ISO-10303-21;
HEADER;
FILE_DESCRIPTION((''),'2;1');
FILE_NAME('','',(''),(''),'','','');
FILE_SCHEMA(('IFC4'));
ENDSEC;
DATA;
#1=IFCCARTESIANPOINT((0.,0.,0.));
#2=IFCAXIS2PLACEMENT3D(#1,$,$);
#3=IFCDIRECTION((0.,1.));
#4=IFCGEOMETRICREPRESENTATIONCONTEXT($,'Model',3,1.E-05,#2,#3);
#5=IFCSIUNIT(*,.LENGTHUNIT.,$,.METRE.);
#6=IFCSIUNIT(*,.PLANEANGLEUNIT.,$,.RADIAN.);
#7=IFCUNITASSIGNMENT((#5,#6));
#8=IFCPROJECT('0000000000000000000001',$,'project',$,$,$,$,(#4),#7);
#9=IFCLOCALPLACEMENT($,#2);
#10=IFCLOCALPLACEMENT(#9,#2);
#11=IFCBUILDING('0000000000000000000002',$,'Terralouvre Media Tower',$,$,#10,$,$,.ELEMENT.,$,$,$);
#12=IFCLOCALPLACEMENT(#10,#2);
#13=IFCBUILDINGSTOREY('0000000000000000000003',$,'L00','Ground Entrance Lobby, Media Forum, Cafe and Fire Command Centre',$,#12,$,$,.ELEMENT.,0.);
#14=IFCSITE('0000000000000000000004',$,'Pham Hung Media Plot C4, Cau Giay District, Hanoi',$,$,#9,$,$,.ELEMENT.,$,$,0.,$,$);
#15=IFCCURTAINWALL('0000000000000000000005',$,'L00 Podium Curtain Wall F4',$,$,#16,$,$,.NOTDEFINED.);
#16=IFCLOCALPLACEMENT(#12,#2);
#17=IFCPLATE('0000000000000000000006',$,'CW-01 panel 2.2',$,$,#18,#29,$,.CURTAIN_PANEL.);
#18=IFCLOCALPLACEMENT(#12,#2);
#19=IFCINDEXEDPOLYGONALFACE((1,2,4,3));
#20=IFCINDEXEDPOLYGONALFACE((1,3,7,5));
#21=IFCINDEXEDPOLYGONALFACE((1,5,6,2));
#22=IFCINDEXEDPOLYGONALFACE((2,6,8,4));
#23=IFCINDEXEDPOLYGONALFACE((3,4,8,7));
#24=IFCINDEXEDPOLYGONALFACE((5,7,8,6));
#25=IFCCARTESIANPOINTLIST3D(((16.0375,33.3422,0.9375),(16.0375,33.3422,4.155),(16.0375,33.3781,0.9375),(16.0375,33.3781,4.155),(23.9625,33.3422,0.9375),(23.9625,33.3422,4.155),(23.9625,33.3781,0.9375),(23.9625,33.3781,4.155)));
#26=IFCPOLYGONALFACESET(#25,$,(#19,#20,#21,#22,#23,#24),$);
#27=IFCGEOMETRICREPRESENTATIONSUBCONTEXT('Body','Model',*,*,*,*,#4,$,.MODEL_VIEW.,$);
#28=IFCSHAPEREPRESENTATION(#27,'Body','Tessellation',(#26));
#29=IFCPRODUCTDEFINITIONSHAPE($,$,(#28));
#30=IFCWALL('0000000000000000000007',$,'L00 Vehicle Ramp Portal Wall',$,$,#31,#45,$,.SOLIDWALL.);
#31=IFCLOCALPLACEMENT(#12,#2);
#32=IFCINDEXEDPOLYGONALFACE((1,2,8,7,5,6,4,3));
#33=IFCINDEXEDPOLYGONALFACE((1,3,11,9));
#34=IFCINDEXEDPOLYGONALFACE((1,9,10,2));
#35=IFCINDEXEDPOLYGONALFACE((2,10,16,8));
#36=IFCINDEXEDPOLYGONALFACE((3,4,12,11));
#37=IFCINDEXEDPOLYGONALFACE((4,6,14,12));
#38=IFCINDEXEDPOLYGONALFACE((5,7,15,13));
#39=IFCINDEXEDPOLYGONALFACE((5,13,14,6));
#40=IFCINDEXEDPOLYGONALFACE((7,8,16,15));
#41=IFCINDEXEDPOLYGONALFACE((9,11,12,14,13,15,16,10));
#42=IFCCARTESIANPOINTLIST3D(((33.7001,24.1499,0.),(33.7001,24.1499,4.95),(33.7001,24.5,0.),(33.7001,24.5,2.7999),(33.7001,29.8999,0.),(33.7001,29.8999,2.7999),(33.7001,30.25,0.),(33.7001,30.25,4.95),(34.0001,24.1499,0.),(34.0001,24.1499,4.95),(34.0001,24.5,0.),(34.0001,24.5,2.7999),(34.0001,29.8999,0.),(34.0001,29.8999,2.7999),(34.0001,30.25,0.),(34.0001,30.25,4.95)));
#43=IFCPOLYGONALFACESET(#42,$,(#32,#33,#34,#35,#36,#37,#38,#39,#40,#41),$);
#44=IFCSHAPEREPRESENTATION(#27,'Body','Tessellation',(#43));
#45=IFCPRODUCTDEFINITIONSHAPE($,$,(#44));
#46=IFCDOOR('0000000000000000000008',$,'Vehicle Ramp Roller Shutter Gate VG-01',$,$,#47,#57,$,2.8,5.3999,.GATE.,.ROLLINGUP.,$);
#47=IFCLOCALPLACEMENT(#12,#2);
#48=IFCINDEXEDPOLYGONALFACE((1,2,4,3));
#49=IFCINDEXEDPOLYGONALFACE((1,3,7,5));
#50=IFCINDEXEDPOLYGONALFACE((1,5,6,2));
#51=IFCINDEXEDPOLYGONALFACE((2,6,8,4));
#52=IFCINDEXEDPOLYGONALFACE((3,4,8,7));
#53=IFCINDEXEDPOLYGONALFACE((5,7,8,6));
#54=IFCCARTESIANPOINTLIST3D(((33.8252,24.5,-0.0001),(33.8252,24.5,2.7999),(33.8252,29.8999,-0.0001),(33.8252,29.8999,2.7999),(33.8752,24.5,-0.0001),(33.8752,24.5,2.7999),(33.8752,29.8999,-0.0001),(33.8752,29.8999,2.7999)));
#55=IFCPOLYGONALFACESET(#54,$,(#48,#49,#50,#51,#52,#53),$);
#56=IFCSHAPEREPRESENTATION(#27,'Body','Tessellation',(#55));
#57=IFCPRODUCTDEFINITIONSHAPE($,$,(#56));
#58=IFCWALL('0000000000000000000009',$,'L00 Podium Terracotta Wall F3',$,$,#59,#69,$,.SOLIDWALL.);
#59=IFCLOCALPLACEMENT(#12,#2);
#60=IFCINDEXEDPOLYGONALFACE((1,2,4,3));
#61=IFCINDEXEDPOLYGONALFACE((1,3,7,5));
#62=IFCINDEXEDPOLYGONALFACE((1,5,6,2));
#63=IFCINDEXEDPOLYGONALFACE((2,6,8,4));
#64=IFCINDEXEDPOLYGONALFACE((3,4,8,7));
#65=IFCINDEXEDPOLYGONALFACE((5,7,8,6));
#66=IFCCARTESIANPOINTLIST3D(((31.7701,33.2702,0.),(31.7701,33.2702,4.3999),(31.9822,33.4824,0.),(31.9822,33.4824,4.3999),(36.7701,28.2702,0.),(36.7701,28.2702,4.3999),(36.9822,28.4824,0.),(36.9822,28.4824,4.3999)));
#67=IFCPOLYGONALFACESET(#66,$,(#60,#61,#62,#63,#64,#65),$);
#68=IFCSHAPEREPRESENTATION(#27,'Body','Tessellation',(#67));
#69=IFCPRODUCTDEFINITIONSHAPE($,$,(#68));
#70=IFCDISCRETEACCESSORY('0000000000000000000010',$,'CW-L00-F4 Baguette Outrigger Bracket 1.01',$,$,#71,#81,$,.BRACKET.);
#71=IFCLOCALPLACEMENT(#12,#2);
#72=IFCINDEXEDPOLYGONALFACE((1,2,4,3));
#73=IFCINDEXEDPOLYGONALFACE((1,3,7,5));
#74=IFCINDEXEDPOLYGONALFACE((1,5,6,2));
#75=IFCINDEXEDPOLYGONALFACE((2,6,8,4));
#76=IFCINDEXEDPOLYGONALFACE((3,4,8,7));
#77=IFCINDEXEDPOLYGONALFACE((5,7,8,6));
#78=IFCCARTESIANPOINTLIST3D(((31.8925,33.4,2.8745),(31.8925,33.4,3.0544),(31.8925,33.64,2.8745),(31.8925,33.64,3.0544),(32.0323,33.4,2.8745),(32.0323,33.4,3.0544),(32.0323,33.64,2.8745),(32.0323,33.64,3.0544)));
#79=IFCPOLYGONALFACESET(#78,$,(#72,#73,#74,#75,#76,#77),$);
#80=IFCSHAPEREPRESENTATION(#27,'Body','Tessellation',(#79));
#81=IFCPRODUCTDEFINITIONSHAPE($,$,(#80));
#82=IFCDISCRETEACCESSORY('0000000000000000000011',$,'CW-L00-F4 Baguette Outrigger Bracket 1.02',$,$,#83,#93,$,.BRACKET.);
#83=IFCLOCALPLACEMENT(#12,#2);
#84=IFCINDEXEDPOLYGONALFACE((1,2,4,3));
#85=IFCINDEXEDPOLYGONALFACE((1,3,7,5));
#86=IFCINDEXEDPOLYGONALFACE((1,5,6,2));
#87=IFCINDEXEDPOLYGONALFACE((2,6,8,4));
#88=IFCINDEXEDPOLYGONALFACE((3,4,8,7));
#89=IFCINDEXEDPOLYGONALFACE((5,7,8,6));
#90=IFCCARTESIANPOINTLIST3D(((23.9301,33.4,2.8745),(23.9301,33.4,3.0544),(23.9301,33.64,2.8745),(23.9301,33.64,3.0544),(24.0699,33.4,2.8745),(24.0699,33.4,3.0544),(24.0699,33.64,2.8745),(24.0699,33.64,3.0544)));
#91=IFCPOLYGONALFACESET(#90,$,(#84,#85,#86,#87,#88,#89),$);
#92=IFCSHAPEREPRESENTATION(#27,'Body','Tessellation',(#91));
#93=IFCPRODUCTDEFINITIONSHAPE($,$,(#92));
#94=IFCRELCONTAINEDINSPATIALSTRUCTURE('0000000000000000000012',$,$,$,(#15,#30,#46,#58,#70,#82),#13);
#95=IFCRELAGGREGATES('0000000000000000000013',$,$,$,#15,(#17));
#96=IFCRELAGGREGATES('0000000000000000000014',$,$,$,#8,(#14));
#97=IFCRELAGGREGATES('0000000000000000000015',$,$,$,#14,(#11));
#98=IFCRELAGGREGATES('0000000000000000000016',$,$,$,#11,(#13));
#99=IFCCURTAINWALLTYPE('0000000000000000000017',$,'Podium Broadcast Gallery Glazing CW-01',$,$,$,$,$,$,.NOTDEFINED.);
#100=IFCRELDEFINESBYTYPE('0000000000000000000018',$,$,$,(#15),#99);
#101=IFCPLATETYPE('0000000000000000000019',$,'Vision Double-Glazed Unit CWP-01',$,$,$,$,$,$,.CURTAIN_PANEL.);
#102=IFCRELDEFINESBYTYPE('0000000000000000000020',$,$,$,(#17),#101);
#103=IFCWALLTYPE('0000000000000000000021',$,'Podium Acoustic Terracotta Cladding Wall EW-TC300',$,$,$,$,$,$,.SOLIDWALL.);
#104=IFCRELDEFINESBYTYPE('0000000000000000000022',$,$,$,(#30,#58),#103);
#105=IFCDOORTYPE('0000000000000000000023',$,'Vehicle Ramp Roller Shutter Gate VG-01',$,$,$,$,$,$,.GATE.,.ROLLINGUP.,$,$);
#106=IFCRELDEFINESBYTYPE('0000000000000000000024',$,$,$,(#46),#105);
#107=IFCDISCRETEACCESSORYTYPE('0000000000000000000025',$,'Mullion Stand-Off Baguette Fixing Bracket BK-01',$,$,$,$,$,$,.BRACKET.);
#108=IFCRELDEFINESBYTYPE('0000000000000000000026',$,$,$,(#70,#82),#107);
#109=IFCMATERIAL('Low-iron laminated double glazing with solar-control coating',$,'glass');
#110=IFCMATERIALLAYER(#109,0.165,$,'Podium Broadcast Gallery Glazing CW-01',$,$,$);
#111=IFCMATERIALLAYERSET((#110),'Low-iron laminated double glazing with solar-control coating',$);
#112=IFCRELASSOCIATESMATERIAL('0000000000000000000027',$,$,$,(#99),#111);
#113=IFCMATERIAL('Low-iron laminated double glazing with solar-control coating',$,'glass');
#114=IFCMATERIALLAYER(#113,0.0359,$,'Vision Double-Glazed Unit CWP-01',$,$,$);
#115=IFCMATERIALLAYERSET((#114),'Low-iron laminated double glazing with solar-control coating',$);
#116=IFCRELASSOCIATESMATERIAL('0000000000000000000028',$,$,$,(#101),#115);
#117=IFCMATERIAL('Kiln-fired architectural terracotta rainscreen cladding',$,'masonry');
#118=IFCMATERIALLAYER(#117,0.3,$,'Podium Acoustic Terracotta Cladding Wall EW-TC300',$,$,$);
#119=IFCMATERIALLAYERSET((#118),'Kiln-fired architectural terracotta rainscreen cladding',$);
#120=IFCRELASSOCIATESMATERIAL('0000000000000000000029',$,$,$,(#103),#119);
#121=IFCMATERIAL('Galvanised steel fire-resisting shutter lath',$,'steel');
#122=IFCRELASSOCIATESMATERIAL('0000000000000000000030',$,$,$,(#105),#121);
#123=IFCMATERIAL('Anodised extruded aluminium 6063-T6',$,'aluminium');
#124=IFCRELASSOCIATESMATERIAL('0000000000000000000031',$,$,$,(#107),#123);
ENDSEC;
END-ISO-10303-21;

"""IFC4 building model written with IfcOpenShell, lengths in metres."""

from ifc_helpers import new_model, si_unit, direction, frame, frame_2d, origin, origin_2d, place, context, subcontext, project, spatial, rectangle, extrude, material, layer, layer_set, type_object, element, fill, aggregate, save


model = new_model("IFC4")

# Units and contexts
model_context = context("Model", 3, precision=1e-05, world=origin(), true_north=direction((0.0, 1.0)))
body_context = subcontext(model_context, "Body", "Model", "MODEL_VIEW")
ifc_project = project(units=[si_unit("LENGTHUNIT", "METRE"), si_unit("PLANEANGLEUNIT", "RADIAN")], contexts=[model_context])

# Site, building, storey
site_placement = place(None, origin())
site = spatial("IfcSite", under=ifc_project, at=site_placement, Name="Pham Hung Media Plot C4, Cau Giay District, Hanoi", CompositionType="ELEMENT", RefElevation=0.0)
building_placement = place(site_placement, origin())
building = spatial("IfcBuilding", under=site, at=building_placement, Name="Terralouvre Media Tower", CompositionType="ELEMENT")
storey_placement = place(building_placement, origin())
storey = spatial("IfcBuildingStorey", under=building, at=storey_placement, Name="L00", Description="Ground Entrance Lobby, Media Forum, Cafe and Fire Command Centre", CompositionType="ELEMENT", Elevation=0.0)

# Curtain wall
ifc_material_1 = material(Name="Low-iron laminated double glazing with solar-control coating", Category="glass")
ifc_layer_1 = layer(ifc_material_1, 0.165, Name="Podium Broadcast Gallery Glazing CW-01")
ifc_layer_set_1 = layer_set([ifc_layer_1], Name="Low-iron laminated double glazing with solar-control coating")
curtain_wall_type = type_object("IfcCurtainWallType", Name="Podium Broadcast Gallery Glazing CW-01", PredefinedType="NOTDEFINED", material=ifc_layer_set_1)
curtain_wall_placement = place(storey_placement, origin())
curtain_wall = element("IfcCurtainWall", 1, at=curtain_wall_placement, inside=storey, type_object=curtain_wall_type, Name="L00 Podium Curtain Wall F4", PredefinedType="NOTDEFINED")

# Plate
ifc_material_2 = material(Name="Low-iron laminated double glazing with solar-control coating", Category="glass")
ifc_layer_2 = layer(ifc_material_2, 0.0359, Name="Vision Double-Glazed Unit CWP-01")
ifc_layer_set_2 = layer_set([ifc_layer_2], Name="Low-iron laminated double glazing with solar-control coating")
plate_type = type_object("IfcPlateType", Name="Vision Double-Glazed Unit CWP-01", PredefinedType="CURTAIN_PANEL", material=ifc_layer_set_2)
plate_1_placement = place(storey_placement, frame((20.0, 33.3601, 0.9375), z_axis=(0.0, 0.0, 1.0), x_axis=(-1.0, 0.0, 0.0)))
plate_1 = element("IfcPlate", 2, at=plate_1_placement, type_object=plate_type, Name="CW-01 panel 2.2", PredefinedType="CURTAIN_PANEL", context=body_context, shape_type="SweptSolid", body=[
    extrude(rectangle(XDim=7.925, YDim=0.0359, at=origin_2d()), origin(), (0.0, 0.0, 1.0), 3.2175),
])
aggregate(curtain_wall, [plate_1])

# Wall, opening, door
ifc_material_3 = material(Name="Kiln-fired architectural terracotta rainscreen cladding", Category="masonry")
ifc_layer_3 = layer(ifc_material_3, 0.3, Name="Podium Acoustic Terracotta Cladding Wall EW-TC300")
ifc_layer_set_3 = layer_set([ifc_layer_3], Name="Kiln-fired architectural terracotta rainscreen cladding")
wall_type = type_object("IfcWallType", Name="Podium Acoustic Terracotta Cladding Wall EW-TC300", PredefinedType="SOLIDWALL", material=ifc_layer_set_3)
wall_1_placement = place(storey_placement, frame((33.8501, 24.1499, 0.0), z_axis=(0.0, 0.0, 1.0), x_axis=(0.0, 1.0, 0.0)))
wall_1 = element("IfcWall", 3, at=wall_1_placement, inside=storey, type_object=wall_type, Name="L00 Vehicle Ramp Portal Wall", PredefinedType="SOLIDWALL", context=body_context, shape_type="SweptSolid", body=[
    extrude(rectangle(XDim=6.1001, YDim=0.3, at=frame_2d((3.05, 0.0))), origin(), (0.0, 0.0, 1.0), 4.95),
])
opening_placement = place(wall_1_placement, frame((0.3501, 0.0, 0.0)))
opening = element("IfcOpeningElement", 4, at=opening_placement, cuts=wall_1, PredefinedType="OPENING", context=body_context, shape_type="SweptSolid", body=[
    extrude(rectangle(XDim=5.3999, YDim=2.8, at=frame_2d((2.7, 1.3999))), frame((0.0, 0.1599, 0.0), z_axis=(0.0, -1.0, 0.0), x_axis=(1.0, 0.0, 0.0)), (0.0, 0.0, 1.0), 0.3201),
])
ifc_material_4 = material(Name="Galvanised steel fire-resisting shutter lath", Category="steel")
door_type = type_object("IfcDoorType", Name="Vehicle Ramp Roller Shutter Gate VG-01", OperationType="ROLLINGUP", PredefinedType="GATE", material=ifc_material_4)
door_placement = place(opening_placement, origin())
door = element("IfcDoor", 5, at=door_placement, inside=storey, type_object=door_type, Name="Vehicle Ramp Roller Shutter Gate VG-01", OperationType="ROLLINGUP", OverallHeight=2.8, OverallWidth=5.3999, PredefinedType="GATE", context=body_context, shape_type="SweptSolid", body=[
    extrude(rectangle(XDim=5.3999, YDim=2.8, at=frame_2d((2.7, 1.3999))), frame((0.0, 0.0249, 0.0), z_axis=(0.0, -1.0, 0.0), x_axis=(1.0, 0.0, 0.0)), (0.0, 0.0, 1.0), 0.05),
])
fill(opening, door)

# Wall
wall_2_placement = place(storey_placement, frame((36.8762, 28.3762, 0.0), z_axis=(0.0, 0.0, 1.0), x_axis=(-0.707107, 0.707107, 0.0)))
element("IfcWall", 6, at=wall_2_placement, inside=storey, type_object=wall_type, Name="L00 Podium Terracotta Wall F3", PredefinedType="SOLIDWALL", context=body_context, shape_type="SweptSolid", body=[
    extrude(rectangle(XDim=7.071, YDim=0.3, at=frame_2d((3.5356, 0.0))), origin(), (0.0, 0.0, 1.0), 4.3999),
])

# Discrete accessories
ifc_material_5 = material(Name="Anodised extruded aluminium 6063-T6", Category="aluminium")
discrete_accessory_type = type_object("IfcDiscreteAccessoryType", Name="Mullion Stand-Off Baguette Fixing Bracket BK-01", PredefinedType="BRACKET", material=ifc_material_5)
for number, where, z_axis, x_axis, name in (
    (7, (31.9624, 33.52, 2.8745), (0.0, 0.0, 1.0), (-1.0, 0.0, 0.0), "CW-L00-F4 Baguette Outrigger Bracket 1.01"),
    (8, (24.0, 33.52, 2.8745), (0.0, 0.0, 1.0), (-1.0, 0.0, 0.0), "CW-L00-F4 Baguette Outrigger Bracket 1.02"),
):
    element("IfcDiscreteAccessory", number, at=place(storey_placement, frame(where, z_axis=z_axis, x_axis=x_axis)), inside=storey, type_object=discrete_accessory_type, Name=name, PredefinedType="BRACKET", context=body_context, shape_type="SweptSolid", body=[
        extrude(rectangle(XDim=0.1399, YDim=0.24, at=origin_2d()), origin(), (0.0, 0.0, 1.0), 0.1799),
    ])

save(model, "model.ifc")
